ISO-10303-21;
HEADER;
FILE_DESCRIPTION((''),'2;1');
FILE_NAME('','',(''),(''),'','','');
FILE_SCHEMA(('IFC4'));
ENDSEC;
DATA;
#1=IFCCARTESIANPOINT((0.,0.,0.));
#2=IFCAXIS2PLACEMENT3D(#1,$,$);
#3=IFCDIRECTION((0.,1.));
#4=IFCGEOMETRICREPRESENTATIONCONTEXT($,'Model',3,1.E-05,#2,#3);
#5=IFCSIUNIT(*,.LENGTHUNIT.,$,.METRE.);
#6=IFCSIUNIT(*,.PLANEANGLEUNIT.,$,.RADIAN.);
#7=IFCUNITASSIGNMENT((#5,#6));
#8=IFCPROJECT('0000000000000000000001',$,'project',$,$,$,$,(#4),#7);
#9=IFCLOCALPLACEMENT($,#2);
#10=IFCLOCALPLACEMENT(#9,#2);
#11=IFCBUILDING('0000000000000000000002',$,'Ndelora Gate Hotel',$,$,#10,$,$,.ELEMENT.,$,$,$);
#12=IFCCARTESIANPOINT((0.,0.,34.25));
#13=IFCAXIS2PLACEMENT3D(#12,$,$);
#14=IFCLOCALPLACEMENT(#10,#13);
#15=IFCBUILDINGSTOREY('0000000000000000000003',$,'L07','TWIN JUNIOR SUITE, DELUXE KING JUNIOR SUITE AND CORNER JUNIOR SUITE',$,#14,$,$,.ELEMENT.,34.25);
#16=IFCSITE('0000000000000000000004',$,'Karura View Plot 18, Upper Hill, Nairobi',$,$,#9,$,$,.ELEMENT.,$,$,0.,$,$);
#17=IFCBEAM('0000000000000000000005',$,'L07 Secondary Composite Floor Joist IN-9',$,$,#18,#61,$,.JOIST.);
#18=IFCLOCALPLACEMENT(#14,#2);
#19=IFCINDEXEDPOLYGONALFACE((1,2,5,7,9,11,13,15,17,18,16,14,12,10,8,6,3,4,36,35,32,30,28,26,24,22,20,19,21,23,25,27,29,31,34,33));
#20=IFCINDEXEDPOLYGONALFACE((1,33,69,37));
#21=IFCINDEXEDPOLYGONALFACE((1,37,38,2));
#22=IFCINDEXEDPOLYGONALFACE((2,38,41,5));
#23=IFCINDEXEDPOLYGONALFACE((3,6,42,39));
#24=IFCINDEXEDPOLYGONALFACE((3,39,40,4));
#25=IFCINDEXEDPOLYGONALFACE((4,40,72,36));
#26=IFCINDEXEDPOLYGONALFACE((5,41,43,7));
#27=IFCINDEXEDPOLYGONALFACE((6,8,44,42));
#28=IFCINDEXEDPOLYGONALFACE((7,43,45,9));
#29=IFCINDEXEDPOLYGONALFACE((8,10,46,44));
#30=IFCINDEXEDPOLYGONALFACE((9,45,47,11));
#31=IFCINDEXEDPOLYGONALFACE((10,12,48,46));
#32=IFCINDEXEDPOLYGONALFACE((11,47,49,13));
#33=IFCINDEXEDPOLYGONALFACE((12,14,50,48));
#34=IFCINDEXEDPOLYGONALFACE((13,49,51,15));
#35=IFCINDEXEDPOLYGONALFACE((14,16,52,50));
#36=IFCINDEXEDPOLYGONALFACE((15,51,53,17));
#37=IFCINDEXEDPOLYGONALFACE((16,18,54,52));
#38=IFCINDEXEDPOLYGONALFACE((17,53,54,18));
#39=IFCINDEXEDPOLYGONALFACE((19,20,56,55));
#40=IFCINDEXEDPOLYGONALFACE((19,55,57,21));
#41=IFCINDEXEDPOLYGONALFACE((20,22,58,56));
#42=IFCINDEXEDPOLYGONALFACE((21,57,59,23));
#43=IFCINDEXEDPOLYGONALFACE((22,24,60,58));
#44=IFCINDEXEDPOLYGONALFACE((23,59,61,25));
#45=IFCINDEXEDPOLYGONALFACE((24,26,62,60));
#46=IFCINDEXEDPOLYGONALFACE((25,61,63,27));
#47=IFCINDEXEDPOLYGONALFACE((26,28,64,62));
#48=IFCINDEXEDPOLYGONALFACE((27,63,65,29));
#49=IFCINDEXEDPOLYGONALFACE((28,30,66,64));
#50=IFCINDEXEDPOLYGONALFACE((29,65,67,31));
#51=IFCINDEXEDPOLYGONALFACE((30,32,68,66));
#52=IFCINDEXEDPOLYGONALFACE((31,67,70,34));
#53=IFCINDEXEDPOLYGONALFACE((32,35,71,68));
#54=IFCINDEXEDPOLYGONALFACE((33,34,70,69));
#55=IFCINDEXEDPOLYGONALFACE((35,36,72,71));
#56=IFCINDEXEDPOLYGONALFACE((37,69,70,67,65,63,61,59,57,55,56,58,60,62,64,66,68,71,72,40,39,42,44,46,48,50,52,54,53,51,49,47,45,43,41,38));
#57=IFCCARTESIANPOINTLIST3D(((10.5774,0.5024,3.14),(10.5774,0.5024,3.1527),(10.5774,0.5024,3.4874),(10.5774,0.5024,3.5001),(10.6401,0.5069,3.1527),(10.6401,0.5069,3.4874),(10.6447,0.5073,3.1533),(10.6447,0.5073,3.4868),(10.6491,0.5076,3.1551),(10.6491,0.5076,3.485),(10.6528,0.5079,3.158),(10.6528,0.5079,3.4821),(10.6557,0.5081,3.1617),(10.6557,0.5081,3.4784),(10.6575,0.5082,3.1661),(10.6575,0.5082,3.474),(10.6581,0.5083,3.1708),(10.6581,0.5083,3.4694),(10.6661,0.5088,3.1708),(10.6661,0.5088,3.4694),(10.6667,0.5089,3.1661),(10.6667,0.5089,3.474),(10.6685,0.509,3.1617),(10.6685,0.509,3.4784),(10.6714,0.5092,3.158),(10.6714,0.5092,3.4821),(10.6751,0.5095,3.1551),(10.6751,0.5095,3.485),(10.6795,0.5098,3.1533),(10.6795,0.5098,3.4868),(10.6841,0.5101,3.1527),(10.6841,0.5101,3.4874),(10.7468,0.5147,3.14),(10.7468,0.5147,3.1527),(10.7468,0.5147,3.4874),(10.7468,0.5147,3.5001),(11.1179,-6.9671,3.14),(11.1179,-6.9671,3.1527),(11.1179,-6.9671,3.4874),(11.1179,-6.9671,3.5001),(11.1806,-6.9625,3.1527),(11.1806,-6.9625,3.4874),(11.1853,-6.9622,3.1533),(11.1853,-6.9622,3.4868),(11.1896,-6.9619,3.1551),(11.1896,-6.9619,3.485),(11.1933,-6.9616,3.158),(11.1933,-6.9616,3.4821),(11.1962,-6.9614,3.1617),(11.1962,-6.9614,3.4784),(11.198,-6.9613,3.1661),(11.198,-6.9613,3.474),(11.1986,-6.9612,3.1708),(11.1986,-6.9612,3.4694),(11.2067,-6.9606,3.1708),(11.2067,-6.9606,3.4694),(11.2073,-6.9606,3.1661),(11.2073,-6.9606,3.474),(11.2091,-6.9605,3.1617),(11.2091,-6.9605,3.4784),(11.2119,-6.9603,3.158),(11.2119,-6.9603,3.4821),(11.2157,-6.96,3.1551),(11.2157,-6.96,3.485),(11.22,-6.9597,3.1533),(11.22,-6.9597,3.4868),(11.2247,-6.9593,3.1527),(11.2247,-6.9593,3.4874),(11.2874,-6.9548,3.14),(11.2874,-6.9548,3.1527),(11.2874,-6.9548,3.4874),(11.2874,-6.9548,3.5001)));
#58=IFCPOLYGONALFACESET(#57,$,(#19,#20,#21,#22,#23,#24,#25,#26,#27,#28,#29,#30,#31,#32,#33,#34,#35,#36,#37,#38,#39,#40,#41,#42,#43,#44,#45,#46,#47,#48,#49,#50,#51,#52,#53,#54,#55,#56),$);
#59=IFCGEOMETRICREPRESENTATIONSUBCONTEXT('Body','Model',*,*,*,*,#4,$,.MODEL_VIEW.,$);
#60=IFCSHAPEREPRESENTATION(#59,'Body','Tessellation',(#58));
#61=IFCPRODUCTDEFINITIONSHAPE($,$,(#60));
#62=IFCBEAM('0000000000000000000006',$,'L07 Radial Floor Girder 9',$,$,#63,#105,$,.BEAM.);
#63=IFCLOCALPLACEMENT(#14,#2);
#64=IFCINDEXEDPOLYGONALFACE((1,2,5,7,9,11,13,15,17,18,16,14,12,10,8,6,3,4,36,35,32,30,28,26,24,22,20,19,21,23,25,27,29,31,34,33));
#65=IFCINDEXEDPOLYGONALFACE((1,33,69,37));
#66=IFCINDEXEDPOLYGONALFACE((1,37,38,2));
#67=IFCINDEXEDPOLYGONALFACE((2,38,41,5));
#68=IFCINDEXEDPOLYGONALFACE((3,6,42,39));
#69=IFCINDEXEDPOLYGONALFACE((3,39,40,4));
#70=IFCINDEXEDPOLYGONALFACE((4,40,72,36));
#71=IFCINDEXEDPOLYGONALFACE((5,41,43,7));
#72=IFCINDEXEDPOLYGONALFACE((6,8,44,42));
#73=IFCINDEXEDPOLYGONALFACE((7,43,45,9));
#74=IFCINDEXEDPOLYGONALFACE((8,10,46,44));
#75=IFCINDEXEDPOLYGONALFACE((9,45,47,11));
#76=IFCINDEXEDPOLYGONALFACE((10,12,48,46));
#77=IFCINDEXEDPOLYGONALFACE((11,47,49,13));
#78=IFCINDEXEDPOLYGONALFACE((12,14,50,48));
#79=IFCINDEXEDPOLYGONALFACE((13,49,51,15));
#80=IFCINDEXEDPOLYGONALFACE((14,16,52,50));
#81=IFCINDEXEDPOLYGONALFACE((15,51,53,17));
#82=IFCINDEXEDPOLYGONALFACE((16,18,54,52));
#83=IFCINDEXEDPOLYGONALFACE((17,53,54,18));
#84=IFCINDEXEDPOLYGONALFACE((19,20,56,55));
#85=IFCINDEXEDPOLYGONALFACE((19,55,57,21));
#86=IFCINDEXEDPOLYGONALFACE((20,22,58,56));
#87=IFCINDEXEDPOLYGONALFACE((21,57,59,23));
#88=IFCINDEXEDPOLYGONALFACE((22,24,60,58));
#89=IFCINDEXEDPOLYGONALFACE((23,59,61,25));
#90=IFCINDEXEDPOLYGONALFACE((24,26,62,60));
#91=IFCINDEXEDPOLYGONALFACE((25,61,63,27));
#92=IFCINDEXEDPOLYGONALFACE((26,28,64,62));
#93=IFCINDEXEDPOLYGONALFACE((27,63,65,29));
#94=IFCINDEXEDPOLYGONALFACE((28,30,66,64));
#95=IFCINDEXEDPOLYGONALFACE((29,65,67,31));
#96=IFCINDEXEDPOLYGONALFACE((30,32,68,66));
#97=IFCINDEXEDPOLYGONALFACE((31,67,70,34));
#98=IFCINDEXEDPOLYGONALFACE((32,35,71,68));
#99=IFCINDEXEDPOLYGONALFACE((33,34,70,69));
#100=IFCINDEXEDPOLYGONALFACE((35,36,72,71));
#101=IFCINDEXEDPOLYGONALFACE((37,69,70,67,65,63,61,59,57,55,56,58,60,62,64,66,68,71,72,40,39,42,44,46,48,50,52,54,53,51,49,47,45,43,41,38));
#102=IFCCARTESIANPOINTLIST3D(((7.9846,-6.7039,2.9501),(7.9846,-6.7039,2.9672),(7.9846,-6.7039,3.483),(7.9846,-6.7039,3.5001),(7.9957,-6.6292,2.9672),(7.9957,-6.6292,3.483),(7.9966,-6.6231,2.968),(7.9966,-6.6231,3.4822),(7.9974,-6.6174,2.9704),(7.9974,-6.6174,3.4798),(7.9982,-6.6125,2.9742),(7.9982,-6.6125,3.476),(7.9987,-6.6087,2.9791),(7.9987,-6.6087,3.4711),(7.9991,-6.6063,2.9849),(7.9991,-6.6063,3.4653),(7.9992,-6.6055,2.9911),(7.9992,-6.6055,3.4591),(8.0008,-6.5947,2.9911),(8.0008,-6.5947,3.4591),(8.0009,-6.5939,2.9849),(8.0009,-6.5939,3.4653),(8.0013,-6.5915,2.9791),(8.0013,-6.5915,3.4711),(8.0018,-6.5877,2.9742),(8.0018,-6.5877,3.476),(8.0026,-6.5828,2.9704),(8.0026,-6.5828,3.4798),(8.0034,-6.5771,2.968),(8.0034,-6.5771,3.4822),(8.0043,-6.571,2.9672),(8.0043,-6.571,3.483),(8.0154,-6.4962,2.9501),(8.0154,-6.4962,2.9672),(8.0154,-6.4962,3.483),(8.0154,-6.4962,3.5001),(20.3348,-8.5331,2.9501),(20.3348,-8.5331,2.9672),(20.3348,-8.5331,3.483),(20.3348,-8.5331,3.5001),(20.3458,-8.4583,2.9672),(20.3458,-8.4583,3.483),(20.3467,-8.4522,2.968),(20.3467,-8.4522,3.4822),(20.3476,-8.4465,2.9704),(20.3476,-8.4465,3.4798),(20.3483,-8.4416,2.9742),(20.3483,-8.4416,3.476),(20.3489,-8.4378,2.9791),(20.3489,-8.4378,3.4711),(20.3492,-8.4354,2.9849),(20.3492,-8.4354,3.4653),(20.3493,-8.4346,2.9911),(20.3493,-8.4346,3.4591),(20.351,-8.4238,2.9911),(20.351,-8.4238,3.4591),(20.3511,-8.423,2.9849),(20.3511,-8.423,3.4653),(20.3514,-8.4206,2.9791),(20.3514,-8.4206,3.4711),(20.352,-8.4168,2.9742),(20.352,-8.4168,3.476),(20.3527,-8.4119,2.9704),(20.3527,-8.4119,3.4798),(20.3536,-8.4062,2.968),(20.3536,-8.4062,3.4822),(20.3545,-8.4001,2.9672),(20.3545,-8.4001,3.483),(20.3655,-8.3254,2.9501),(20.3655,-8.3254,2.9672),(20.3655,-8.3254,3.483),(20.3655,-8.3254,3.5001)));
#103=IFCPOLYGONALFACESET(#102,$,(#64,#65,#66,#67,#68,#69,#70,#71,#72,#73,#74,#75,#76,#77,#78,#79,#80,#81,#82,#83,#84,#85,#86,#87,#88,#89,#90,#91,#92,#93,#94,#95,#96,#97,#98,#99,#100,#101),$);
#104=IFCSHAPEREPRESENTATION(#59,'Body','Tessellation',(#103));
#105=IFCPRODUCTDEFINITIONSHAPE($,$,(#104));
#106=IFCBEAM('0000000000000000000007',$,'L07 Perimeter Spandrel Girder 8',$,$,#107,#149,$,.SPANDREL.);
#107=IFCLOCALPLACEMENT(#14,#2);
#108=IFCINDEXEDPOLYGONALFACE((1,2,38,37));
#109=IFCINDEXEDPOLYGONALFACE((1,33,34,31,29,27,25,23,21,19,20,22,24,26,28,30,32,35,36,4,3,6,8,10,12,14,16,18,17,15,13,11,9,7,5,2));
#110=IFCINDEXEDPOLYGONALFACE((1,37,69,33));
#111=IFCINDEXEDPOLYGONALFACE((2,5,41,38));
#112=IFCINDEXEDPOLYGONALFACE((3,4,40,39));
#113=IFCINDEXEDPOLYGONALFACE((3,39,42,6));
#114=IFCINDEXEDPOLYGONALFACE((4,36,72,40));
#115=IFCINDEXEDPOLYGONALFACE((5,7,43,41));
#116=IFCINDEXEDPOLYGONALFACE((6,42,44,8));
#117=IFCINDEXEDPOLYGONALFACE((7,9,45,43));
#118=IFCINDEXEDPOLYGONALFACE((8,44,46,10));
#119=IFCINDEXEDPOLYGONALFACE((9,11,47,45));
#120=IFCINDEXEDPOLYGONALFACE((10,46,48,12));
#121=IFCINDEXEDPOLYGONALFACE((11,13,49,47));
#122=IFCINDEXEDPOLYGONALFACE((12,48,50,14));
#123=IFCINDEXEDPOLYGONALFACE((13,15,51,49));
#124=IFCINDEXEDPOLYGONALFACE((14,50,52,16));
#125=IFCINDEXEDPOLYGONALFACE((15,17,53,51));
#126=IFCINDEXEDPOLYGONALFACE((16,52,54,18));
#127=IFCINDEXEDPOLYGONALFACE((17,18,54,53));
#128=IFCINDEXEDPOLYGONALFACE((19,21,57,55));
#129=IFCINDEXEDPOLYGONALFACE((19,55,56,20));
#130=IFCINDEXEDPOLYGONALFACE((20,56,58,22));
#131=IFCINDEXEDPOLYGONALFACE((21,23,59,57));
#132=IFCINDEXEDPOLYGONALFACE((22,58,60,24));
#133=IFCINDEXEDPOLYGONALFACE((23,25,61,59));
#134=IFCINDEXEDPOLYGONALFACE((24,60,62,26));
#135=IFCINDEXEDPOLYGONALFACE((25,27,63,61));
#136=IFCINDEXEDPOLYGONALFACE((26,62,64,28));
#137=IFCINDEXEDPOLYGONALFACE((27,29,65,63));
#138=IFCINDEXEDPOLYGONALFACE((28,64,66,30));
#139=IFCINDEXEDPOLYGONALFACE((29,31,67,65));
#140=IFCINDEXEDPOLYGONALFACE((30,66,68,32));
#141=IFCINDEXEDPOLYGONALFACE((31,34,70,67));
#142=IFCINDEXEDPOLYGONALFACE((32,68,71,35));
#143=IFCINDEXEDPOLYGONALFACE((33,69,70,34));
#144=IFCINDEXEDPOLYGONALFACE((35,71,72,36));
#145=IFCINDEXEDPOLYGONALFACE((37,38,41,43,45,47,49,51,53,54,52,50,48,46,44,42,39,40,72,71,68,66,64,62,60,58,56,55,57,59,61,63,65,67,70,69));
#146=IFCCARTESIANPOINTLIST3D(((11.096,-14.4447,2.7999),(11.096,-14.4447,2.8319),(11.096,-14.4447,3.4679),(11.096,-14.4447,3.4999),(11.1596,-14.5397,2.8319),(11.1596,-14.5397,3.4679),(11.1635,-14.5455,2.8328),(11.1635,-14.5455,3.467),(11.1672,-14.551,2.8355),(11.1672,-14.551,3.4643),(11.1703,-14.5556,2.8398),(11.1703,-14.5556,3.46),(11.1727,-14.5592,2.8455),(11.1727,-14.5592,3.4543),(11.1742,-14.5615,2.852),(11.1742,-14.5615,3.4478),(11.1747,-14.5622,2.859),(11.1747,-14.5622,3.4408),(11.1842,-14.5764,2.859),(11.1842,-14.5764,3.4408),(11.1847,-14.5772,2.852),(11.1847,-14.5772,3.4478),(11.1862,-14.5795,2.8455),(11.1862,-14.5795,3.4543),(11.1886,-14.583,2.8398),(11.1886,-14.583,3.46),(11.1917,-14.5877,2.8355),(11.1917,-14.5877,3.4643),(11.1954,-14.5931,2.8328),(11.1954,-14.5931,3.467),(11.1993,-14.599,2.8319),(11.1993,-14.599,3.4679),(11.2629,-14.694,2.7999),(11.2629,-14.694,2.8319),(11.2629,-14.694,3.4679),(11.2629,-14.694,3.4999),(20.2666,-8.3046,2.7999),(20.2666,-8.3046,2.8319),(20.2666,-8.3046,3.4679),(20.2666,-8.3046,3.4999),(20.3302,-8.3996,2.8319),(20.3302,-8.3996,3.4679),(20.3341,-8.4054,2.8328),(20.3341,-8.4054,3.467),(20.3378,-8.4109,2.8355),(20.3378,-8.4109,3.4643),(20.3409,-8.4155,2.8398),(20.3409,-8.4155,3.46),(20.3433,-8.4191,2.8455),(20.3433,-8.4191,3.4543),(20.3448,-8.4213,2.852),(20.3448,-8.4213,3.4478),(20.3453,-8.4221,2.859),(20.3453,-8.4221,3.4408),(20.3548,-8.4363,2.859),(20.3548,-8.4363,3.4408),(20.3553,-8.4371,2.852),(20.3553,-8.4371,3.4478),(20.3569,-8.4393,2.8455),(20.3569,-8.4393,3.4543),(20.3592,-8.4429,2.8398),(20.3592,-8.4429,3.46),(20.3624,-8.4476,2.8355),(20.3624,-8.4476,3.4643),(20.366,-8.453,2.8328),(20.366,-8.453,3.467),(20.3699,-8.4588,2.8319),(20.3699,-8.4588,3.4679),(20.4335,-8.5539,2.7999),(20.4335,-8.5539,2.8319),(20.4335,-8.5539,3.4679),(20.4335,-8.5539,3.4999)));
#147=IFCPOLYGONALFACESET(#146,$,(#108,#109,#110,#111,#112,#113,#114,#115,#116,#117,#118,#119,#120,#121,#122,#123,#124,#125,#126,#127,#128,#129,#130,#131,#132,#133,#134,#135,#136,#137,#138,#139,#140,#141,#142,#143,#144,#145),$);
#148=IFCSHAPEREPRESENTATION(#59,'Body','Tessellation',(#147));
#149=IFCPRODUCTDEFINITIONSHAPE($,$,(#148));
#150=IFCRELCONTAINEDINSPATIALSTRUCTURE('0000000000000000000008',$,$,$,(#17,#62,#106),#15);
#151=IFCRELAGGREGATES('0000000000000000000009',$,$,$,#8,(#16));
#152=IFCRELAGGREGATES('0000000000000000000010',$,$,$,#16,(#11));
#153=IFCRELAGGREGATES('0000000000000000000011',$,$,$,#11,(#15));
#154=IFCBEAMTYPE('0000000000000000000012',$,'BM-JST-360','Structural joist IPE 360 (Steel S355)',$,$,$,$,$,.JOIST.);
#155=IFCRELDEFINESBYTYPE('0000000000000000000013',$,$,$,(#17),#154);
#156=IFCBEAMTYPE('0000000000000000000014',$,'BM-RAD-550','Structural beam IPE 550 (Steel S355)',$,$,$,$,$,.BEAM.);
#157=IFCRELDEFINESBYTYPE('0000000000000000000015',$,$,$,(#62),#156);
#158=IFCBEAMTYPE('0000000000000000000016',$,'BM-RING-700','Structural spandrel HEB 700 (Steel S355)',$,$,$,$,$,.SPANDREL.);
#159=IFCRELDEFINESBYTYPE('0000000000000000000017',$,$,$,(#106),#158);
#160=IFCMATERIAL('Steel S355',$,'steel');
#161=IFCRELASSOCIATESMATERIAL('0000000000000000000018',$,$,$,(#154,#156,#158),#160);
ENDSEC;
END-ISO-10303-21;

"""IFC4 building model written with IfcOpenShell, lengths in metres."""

from ifc_helpers import new_model, si_unit, direction, frame, origin, origin_2d, place, context, subcontext, project, spatial, i_section, extrude, material, material_profile, profile_set, type_object, element, save


model = new_model("IFC4")

# Units and contexts
model_context = context("Model", 3, precision=1e-05, world=origin(), true_north=direction((0.0, 1.0)))
body_context = subcontext(model_context, "Body", "Model", "MODEL_VIEW")
ifc_project = project(units=[si_unit("LENGTHUNIT", "METRE"), si_unit("PLANEANGLEUNIT", "RADIAN")], contexts=[model_context])

# Site, building, storey
site_placement = place(None, origin())
site = spatial("IfcSite", under=ifc_project, at=site_placement, Name="Karura View Plot 18, Upper Hill, Nairobi", CompositionType="ELEMENT", RefElevation=0.0)
building_placement = place(site_placement, origin())
building = spatial("IfcBuilding", under=site, at=building_placement, Name="Ndelora Gate Hotel", CompositionType="ELEMENT")
storey_placement = place(building_placement, frame((0.0, 0.0, 34.25)))
storey = spatial("IfcBuildingStorey", under=building, at=storey_placement, Name="L07", Description="TWIN JUNIOR SUITE, DELUXE KING JUNIOR SUITE AND CORNER JUNIOR SUITE", CompositionType="ELEMENT", Elevation=34.25)

# Beams
ifc_material_1 = material(Name="Steel S355", Category="steel")
ifc_material_profile_1 = material_profile(ifc_material_1, i_section(OverallWidth=0.1699, OverallDepth=0.3601, WebThickness=0.0081, FlangeThickness=0.0127, FilletRadius=0.0181, at=origin_2d()), Name="IPE 360")
ifc_profile_set_1 = profile_set([ifc_material_profile_1], Name="Steel S355")
beam_type_1 = type_object("IfcBeamType", Name="BM-JST-360", Description="Structural joist IPE 360 (Steel S355)", PredefinedType="JOIST", material=ifc_profile_set_1)
beam_1_placement = place(storey_placement, frame((11.2026, -6.9609, 3.3201), z_axis=(-0.072176, 0.997392, 0.0), x_axis=(-0.997392, -0.072176, 0.0)))
element("IfcBeam", 1, at=beam_1_placement, inside=storey, type_object=beam_type_1, Name="L07 Secondary Composite Floor Joist IN-9", PredefinedType="JOIST", context=body_context, shape_type="SweptSolid", body=[
    extrude(i_section(OverallWidth=0.1699, OverallDepth=0.3601, WebThickness=0.0081, FlangeThickness=0.0127, FilletRadius=0.0181, at=origin_2d()), origin(), (0.0, 0.0, 1.0), 7.489),
])
ifc_material_profile_2 = material_profile(ifc_material_1, i_section(OverallWidth=0.21, OverallDepth=0.55, WebThickness=0.011, FlangeThickness=0.0171, FilletRadius=0.0239, at=origin_2d()), Name="IPE 550")
ifc_profile_set_2 = profile_set([ifc_material_profile_2], Name="Steel S355")
beam_type_2 = type_object("IfcBeamType", Name="BM-RAD-550", Description="Structural beam IPE 550 (Steel S355)", PredefinedType="BEAM", material=ifc_profile_set_2)
beam_2_placement = place(storey_placement, frame((8.0, -6.6001, 3.2251), z_axis=(0.98921, -0.146506, 0.0), x_axis=(0.146506, 0.98921, 0.0)))
element("IfcBeam", 2, at=beam_2_placement, inside=storey, type_object=beam_type_2, Name="L07 Radial Floor Girder 9", PredefinedType="BEAM", context=body_context, shape_type="SweptSolid", body=[
    extrude(i_section(OverallWidth=0.21, OverallDepth=0.55, WebThickness=0.011, FlangeThickness=0.0171, FilletRadius=0.0239, at=origin_2d()), origin(), (0.0, 0.0, 1.0), 12.4849),
])
ifc_material_profile_3 = material_profile(ifc_material_1, i_section(OverallWidth=0.3, OverallDepth=0.7, WebThickness=0.0171, FlangeThickness=0.032, FilletRadius=0.0271, at=origin_2d()), Name="HEB 700")
ifc_profile_set_3 = profile_set([ifc_material_profile_3], Name="Steel S355")
beam_type_3 = type_object("IfcBeamType", Name="BM-RING-700", Description="Structural spandrel HEB 700 (Steel S355)", PredefinedType="SPANDREL", material=ifc_profile_set_3)
beam_3_placement = place(storey_placement, frame((11.1794, -14.5693, 3.1499), z_axis=(0.830946, 0.556353, 0.0), x_axis=(-0.556353, 0.830946, 0.0)))
element("IfcBeam", 3, at=beam_3_placement, inside=storey, type_object=beam_type_3, Name="L07 Perimeter Spandrel Girder 8", PredefinedType="SPANDREL", context=body_context, shape_type="SweptSolid", body=[
    extrude(i_section(OverallWidth=0.3, OverallDepth=0.7, WebThickness=0.0171, FlangeThickness=0.032, FilletRadius=0.0271, at=origin_2d()), origin(), (0.0, 0.0, 1.0), 11.0364),
])

save(model, "model.ifc")
